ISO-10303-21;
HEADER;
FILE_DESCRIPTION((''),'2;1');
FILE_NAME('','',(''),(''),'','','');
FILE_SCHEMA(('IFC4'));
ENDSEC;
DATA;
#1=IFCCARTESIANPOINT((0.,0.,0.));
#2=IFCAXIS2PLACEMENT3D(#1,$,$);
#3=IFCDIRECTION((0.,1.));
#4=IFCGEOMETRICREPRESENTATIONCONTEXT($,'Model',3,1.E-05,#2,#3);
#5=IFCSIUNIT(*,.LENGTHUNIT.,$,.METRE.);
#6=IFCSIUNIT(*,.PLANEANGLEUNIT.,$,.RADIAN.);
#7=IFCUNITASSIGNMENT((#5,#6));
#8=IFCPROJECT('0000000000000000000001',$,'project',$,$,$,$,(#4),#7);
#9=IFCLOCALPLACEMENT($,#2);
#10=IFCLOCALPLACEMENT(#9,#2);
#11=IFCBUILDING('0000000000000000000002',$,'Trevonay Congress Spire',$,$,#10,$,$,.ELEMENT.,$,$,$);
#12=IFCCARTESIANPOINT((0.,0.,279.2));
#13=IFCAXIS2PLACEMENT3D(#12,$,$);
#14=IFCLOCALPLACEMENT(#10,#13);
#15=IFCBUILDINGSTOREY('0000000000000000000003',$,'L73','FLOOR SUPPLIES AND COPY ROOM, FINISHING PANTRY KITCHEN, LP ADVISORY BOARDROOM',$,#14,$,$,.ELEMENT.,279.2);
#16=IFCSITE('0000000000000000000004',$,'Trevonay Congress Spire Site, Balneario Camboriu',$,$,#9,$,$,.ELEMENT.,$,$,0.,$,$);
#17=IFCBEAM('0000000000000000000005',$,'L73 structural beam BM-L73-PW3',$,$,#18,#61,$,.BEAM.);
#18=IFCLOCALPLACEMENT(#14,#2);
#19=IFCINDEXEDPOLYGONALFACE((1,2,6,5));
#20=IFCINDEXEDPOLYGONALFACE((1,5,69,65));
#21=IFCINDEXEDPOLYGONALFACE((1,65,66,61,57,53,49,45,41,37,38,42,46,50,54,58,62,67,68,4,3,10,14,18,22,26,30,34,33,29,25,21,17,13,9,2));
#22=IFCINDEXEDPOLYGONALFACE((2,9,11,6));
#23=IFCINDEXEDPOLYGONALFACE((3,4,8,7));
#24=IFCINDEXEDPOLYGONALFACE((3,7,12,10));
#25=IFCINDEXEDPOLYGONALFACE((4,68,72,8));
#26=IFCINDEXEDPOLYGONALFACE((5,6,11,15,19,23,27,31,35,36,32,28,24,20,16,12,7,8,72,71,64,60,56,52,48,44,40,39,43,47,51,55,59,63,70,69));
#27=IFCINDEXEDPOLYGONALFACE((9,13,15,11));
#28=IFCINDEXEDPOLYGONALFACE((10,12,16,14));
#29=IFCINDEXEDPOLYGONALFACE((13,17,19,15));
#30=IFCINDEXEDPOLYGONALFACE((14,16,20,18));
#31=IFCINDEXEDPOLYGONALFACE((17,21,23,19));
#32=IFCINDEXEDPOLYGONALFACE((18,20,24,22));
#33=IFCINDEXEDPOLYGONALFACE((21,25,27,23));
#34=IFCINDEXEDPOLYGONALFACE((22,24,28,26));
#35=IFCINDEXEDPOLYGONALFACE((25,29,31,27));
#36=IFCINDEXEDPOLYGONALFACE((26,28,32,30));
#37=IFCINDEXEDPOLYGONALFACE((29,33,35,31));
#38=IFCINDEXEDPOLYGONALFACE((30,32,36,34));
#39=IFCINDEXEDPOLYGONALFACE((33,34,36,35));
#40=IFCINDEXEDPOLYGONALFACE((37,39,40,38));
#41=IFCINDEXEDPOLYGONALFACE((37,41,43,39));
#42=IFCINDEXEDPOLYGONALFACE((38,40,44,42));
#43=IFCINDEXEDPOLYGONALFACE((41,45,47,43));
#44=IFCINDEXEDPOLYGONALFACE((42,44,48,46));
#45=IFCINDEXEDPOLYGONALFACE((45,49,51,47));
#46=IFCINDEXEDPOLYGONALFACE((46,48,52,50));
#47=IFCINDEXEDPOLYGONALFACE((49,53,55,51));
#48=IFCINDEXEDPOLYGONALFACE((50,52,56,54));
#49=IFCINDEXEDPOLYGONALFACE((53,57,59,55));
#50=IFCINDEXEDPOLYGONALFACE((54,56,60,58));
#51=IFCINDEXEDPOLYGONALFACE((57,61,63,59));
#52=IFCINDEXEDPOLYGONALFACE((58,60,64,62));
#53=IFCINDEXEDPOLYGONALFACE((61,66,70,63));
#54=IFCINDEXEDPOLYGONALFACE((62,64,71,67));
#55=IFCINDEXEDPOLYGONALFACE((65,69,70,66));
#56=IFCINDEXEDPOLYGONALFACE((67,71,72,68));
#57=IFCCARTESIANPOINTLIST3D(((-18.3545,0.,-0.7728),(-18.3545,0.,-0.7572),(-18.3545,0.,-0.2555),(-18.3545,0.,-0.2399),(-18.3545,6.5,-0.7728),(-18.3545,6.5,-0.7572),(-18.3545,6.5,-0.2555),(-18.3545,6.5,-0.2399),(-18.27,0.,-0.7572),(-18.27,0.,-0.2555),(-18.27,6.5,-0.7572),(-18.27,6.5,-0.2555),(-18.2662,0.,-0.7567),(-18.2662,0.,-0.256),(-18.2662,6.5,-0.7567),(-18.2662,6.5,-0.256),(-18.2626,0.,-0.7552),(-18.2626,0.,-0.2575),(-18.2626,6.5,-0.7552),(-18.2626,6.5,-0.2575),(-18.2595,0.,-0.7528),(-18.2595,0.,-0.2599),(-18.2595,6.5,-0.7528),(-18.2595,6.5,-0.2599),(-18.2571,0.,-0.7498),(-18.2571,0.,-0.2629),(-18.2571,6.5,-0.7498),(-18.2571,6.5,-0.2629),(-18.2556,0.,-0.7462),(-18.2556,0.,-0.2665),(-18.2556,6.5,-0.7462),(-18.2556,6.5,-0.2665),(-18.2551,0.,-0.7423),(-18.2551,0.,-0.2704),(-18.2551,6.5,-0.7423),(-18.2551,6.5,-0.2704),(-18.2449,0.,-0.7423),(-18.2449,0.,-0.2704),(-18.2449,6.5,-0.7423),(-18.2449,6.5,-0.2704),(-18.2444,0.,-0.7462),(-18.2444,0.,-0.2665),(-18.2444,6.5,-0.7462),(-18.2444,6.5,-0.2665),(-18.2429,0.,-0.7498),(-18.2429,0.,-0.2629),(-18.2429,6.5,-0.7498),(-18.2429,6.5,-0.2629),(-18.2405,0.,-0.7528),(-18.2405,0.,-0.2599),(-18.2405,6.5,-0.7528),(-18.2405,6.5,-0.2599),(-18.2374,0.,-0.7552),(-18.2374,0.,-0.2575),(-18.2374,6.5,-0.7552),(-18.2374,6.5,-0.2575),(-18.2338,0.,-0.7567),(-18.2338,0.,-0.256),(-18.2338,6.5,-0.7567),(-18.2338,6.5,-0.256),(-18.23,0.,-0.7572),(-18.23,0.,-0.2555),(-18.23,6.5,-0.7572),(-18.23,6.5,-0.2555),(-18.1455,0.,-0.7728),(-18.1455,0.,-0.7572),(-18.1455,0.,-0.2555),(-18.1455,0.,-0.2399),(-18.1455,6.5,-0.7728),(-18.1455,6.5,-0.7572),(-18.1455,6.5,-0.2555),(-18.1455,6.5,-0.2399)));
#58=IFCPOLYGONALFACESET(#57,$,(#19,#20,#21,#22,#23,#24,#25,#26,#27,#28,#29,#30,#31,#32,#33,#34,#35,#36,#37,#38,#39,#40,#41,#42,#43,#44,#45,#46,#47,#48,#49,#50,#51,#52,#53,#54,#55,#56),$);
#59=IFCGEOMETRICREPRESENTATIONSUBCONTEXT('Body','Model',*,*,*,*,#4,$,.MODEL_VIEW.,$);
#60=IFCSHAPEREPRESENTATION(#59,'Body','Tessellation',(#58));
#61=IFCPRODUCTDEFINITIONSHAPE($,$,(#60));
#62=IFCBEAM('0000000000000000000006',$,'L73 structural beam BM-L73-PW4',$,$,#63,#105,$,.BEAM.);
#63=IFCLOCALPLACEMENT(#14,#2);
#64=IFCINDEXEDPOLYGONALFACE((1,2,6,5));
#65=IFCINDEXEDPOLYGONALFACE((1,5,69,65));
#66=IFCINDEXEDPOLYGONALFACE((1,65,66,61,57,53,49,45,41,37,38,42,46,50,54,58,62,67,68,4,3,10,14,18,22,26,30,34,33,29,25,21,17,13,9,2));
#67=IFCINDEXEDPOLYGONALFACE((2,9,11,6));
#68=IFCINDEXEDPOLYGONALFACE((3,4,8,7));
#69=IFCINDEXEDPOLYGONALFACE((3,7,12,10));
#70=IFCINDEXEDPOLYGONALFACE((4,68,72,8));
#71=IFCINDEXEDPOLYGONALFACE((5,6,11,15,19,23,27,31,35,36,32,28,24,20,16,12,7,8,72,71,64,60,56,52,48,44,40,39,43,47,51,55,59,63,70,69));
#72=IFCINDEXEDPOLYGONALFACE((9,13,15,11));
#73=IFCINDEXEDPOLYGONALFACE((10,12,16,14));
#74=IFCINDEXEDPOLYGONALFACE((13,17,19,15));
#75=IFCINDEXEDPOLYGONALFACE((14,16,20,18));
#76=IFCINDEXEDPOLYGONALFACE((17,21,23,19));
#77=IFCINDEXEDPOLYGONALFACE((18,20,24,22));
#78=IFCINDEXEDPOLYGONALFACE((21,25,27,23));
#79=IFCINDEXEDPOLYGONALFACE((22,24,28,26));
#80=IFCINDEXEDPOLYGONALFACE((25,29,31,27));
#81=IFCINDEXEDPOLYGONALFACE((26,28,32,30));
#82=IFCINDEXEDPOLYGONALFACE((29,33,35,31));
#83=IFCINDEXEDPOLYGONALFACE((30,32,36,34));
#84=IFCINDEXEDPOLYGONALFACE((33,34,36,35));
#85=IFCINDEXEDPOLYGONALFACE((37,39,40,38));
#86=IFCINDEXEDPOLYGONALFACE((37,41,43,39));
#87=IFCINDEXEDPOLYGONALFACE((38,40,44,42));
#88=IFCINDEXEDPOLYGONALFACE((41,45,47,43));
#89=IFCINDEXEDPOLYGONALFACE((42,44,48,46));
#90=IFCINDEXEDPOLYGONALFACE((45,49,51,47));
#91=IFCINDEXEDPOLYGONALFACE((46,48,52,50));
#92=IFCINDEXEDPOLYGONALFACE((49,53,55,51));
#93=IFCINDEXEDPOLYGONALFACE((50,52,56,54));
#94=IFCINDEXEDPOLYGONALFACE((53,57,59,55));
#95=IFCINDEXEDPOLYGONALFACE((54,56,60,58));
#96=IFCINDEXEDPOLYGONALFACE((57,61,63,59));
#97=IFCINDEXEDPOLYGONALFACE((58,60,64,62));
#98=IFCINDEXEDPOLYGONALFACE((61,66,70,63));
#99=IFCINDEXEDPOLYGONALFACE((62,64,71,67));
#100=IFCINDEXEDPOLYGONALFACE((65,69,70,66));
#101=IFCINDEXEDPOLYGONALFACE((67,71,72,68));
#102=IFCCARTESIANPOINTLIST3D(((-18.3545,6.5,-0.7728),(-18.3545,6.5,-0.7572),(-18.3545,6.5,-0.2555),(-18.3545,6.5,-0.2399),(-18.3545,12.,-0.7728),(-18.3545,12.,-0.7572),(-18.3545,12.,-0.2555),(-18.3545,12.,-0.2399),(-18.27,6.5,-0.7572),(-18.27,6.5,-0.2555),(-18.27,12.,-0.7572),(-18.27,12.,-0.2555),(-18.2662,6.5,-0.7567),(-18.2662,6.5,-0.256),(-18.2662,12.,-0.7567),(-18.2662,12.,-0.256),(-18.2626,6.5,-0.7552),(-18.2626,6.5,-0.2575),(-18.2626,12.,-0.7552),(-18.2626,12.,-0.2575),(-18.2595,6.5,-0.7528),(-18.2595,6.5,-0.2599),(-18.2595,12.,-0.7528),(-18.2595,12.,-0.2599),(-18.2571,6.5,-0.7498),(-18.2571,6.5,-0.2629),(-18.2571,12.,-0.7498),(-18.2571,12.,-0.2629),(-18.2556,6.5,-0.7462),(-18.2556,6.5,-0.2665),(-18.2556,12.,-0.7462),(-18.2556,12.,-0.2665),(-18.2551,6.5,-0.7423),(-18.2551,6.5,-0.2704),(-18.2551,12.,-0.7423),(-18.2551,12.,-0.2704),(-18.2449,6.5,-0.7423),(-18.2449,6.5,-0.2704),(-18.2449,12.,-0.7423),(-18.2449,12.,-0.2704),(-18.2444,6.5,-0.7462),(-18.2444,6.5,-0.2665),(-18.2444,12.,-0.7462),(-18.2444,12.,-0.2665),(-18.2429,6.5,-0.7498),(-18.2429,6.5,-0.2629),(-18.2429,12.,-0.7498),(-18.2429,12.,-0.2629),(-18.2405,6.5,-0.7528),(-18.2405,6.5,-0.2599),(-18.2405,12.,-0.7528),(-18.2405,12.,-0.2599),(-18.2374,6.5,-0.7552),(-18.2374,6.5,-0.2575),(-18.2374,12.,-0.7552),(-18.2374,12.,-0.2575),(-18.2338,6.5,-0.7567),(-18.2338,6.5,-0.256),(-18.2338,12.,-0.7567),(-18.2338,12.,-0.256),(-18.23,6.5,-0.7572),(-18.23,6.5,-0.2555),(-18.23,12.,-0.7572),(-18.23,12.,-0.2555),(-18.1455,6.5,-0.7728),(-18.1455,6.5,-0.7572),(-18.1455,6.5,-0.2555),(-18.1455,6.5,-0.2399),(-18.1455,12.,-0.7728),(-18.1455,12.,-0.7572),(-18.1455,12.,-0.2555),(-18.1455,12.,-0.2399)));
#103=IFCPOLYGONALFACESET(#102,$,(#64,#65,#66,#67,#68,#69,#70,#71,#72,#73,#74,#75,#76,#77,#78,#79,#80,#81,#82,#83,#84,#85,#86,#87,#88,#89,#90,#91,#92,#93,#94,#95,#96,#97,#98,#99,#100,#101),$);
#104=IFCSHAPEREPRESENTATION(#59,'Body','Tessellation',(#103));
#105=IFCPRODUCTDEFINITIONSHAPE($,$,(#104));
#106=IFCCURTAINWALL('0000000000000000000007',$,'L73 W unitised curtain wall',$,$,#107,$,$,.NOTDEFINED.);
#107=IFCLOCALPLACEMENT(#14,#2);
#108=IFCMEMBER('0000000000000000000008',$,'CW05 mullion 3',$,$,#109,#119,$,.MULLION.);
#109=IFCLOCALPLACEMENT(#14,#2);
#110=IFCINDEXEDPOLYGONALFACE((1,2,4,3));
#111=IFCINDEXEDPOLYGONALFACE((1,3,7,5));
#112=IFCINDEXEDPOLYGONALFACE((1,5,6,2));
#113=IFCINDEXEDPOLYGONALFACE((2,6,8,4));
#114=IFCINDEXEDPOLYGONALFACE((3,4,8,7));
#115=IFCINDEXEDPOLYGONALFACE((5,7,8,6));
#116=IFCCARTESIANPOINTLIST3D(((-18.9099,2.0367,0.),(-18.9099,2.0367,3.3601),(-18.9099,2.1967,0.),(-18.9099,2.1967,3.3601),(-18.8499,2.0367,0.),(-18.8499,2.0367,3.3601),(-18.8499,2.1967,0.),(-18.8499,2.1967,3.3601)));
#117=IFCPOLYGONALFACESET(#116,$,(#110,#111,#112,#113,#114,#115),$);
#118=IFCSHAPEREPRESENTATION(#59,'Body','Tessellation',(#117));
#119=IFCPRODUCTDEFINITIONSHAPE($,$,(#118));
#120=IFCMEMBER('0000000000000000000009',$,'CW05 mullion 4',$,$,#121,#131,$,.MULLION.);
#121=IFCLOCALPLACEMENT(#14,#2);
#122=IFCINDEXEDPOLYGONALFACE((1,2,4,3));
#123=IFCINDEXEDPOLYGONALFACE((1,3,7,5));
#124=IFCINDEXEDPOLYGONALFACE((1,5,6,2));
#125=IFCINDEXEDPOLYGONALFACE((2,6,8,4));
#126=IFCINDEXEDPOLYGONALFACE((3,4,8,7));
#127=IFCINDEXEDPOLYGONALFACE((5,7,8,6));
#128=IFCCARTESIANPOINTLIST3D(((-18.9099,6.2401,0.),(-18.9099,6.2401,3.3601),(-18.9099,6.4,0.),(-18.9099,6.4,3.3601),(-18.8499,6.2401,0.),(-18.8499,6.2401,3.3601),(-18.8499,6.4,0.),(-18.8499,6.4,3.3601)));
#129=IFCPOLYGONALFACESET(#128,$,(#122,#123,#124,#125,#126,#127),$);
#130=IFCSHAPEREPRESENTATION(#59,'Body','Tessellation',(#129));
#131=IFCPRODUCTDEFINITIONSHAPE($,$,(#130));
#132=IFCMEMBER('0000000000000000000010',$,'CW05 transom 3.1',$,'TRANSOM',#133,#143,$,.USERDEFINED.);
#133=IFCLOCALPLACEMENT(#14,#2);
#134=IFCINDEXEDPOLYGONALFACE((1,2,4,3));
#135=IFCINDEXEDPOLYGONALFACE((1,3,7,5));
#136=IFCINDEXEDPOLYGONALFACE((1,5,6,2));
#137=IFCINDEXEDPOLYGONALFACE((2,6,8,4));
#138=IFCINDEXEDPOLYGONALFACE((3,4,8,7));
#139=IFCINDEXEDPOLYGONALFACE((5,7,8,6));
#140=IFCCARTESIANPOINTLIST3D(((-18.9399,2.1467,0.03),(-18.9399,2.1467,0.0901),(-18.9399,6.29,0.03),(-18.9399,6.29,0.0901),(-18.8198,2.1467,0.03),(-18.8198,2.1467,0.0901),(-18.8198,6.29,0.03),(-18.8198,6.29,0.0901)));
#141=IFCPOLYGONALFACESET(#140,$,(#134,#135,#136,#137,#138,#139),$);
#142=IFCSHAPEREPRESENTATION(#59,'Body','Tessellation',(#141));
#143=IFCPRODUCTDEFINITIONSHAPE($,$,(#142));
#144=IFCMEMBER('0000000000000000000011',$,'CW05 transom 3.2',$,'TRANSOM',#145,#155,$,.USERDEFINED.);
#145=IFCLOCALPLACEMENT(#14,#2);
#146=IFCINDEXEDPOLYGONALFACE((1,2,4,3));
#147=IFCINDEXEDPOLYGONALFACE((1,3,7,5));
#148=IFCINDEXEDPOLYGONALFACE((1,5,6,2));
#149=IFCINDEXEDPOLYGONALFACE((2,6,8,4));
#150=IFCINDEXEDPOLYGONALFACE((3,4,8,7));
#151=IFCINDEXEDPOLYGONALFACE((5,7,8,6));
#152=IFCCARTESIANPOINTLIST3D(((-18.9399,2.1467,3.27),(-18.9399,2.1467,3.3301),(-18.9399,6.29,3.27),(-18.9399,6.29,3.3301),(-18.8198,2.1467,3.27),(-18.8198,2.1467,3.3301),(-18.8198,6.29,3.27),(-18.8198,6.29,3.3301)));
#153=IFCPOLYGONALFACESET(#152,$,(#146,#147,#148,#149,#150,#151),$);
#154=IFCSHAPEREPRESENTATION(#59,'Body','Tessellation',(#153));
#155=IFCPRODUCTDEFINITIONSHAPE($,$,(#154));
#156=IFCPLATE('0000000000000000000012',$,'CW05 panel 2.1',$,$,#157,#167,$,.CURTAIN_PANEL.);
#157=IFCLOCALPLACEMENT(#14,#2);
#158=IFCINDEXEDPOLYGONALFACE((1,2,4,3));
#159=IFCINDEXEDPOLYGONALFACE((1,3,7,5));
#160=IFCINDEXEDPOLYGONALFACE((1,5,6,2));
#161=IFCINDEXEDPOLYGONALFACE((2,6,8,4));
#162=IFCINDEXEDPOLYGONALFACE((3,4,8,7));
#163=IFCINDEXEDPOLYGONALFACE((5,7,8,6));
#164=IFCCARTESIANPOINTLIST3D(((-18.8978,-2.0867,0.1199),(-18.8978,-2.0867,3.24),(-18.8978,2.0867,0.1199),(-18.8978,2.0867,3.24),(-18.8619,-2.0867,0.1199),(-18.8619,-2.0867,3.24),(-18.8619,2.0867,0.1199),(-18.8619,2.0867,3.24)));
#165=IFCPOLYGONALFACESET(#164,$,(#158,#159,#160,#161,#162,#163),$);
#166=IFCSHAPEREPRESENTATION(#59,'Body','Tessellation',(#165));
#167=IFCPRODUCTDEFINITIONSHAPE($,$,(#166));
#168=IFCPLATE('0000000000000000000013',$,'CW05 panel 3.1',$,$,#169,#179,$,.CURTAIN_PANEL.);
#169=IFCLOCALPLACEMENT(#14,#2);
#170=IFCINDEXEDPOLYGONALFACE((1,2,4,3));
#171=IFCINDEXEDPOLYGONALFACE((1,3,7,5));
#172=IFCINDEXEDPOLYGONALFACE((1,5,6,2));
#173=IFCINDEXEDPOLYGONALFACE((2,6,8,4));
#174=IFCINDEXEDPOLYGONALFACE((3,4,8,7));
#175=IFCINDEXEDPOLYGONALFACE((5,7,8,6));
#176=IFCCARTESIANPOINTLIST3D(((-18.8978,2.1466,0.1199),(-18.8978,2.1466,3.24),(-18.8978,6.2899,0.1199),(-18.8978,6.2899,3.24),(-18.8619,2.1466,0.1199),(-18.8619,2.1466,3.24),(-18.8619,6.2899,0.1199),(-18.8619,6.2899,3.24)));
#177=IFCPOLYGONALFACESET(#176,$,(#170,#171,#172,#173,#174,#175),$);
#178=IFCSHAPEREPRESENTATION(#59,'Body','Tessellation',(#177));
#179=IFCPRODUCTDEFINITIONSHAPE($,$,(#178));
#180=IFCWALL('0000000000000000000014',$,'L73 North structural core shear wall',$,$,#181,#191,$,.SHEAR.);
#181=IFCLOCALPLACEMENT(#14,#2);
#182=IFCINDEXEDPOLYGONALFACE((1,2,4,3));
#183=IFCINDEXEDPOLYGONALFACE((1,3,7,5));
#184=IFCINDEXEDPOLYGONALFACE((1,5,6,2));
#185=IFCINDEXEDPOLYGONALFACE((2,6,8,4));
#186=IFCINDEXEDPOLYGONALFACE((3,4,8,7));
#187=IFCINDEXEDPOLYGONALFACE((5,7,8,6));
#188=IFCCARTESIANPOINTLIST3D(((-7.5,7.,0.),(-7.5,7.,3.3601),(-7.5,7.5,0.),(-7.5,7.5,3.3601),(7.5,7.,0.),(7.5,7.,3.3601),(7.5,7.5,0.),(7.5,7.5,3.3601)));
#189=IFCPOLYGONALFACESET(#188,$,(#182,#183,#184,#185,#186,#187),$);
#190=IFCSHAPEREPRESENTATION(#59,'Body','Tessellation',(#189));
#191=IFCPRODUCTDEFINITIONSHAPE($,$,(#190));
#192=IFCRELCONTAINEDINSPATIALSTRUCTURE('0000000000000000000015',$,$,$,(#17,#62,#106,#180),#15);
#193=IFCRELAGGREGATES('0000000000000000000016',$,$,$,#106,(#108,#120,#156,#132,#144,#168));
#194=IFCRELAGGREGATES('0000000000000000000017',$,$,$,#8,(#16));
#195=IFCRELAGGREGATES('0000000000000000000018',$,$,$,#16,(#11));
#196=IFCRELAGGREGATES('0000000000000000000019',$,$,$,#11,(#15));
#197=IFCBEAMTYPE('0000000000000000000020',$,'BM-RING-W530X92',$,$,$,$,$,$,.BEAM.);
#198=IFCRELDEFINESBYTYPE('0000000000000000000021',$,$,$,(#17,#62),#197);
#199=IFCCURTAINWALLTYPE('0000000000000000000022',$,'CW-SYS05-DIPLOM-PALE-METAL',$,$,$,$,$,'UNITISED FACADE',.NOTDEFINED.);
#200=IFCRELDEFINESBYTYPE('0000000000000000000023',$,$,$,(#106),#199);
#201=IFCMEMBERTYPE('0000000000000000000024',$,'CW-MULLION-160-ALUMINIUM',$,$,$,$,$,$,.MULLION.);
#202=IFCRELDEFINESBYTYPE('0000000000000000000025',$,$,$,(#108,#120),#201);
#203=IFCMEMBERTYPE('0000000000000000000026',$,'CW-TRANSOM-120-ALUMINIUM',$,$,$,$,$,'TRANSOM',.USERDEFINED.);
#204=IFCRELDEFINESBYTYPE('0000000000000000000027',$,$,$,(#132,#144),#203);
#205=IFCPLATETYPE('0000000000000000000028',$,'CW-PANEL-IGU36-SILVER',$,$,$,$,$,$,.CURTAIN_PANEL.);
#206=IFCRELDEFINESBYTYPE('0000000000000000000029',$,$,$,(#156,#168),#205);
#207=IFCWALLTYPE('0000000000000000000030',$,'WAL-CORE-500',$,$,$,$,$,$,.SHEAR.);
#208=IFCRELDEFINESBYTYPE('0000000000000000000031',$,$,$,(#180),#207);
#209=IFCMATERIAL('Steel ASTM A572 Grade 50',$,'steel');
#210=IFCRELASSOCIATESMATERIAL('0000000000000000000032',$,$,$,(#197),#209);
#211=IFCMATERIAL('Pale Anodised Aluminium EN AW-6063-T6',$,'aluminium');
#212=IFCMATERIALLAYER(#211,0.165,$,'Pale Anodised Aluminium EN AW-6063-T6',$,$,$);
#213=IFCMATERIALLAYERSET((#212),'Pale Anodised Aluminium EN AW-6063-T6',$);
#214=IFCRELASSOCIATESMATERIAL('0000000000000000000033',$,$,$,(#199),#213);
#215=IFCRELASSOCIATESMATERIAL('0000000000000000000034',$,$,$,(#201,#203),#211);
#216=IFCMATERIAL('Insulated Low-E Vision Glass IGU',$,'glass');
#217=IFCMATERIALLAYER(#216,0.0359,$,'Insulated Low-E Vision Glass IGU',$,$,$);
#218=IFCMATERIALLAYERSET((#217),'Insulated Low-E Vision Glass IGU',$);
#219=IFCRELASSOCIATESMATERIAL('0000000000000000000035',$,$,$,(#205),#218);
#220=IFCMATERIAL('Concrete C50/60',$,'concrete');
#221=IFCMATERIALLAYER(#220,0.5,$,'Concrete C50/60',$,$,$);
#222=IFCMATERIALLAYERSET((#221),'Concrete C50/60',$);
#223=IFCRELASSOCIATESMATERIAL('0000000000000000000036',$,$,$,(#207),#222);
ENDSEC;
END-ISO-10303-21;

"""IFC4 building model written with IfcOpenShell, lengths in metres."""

from ifc_helpers import new_model, si_unit, direction, frame, frame_2d, origin, origin_2d, place, context, subcontext, project, spatial, rectangle, i_section, extrude, material, layer, layer_set, material_profile, profile_set, type_object, element, aggregate, save


model = new_model("IFC4")

# Units and contexts
model_context = context("Model", 3, precision=1e-05, world=origin(), true_north=direction((0.0, 1.0)))
body_context = subcontext(model_context, "Body", "Model", "MODEL_VIEW")
ifc_project = project(units=[si_unit("LENGTHUNIT", "METRE"), si_unit("PLANEANGLEUNIT", "RADIAN")], contexts=[model_context])

# Site, building, storey
site_placement = place(None, origin())
site = spatial("IfcSite", under=ifc_project, at=site_placement, Name="Trevonay Congress Spire Site, Balneario Camboriu", CompositionType="ELEMENT", RefElevation=0.0)
building_placement = place(site_placement, origin())
building = spatial("IfcBuilding", under=site, at=building_placement, Name="Trevonay Congress Spire", CompositionType="ELEMENT")
storey_placement = place(building_placement, frame((0.0, 0.0, 279.2)))
storey = spatial("IfcBuildingStorey", under=building, at=storey_placement, Name="L73", Description="FLOOR SUPPLIES AND COPY ROOM, FINISHING PANTRY KITCHEN, LP ADVISORY BOARDROOM", CompositionType="ELEMENT", Elevation=279.2)

# Shared definitions
ifc_material_1 = material(Name="Steel ASTM A572 Grade 50", Category="steel")

# Beams
ifc_material_profile_1 = material_profile(ifc_material_1, i_section(OverallWidth=0.209, OverallDepth=0.533, WebThickness=0.0103, FlangeThickness=0.0156, FilletRadius=0.0149, at=origin_2d()), Name="W530x92")
ifc_profile_set_1 = profile_set([ifc_material_profile_1], Name="Steel ASTM A572 Grade 50")
beam_type_1 = type_object("IfcBeamType", Name="BM-RING-W530X92", PredefinedType="BEAM", material=ifc_profile_set_1)
beam_1_placement = place(storey_placement, frame((-18.25, 0.0, -0.5063), z_axis=(0.0, 1.0, 0.0), x_axis=(-1.0, 0.0, 0.0)))
element("IfcBeam", 1, at=beam_1_placement, inside=storey, type_object=beam_type_1, Name="L73 structural beam BM-L73-PW3", PredefinedType="BEAM", context=body_context, shape_type="SweptSolid", body=[
    extrude(i_section(OverallWidth=0.209, OverallDepth=0.533, WebThickness=0.0103, FlangeThickness=0.0156, FilletRadius=0.0149, at=origin_2d()), origin(), (0.0, 0.0, 1.0), 6.5),
])
beam_2_placement = place(storey_placement, frame((-18.25, 6.5, -0.5063), z_axis=(0.0, 1.0, 0.0), x_axis=(-1.0, 0.0, 0.0)))
element("IfcBeam", 2, at=beam_2_placement, inside=storey, type_object=beam_type_1, Name="L73 structural beam BM-L73-PW4", PredefinedType="BEAM", context=body_context, shape_type="SweptSolid", body=[
    extrude(i_section(OverallWidth=0.209, OverallDepth=0.533, WebThickness=0.0103, FlangeThickness=0.0156, FilletRadius=0.0149, at=origin_2d()), origin(), (0.0, 0.0, 1.0), 5.5),
])

# Curtain wall, members, plates
ifc_material_2 = material(Name="Pale Anodised Aluminium EN AW-6063-T6", Category="aluminium")
ifc_layer_1 = layer(ifc_material_2, 0.165, Name="Pale Anodised Aluminium EN AW-6063-T6")
ifc_layer_set_1 = layer_set([ifc_layer_1], Name="Pale Anodised Aluminium EN AW-6063-T6")
curtain_wall_type = type_object("IfcCurtainWallType", Name="CW-SYS05-DIPLOM-PALE-METAL", ElementType="UNITISED FACADE", PredefinedType="NOTDEFINED", material=ifc_layer_set_1)
curtain_wall_placement = place(storey_placement, origin())
curtain_wall = element("IfcCurtainWall", 3, at=curtain_wall_placement, inside=storey, type_object=curtain_wall_type, Name="L73 W unitised curtain wall", PredefinedType="NOTDEFINED")
ifc_material_profile_2 = material_profile(ifc_material_2, rectangle(XDim=0.0601, YDim=0.1599, at=origin_2d()), Name="CW-MULLION-160-ALUMINIUM")
ifc_profile_set_2 = profile_set([ifc_material_profile_2], Name="Pale Anodised Aluminium EN AW-6063-T6")
member_type_1 = type_object("IfcMemberType", Name="CW-MULLION-160-ALUMINIUM", PredefinedType="MULLION", material=ifc_profile_set_2)
member_1_placement = place(storey_placement, frame((-18.8799, 2.1167, 0.0), z_axis=(0.0, 0.0, 1.0), x_axis=(-1.0, 0.0, 0.0)))
member_1 = element("IfcMember", 4, at=member_1_placement, type_object=member_type_1, Name="CW05 mullion 3", PredefinedType="MULLION", context=body_context, shape_type="SweptSolid", body=[
    extrude(rectangle(XDim=0.0601, YDim=0.1599, at=origin_2d()), origin(), (0.0, 0.0, 1.0), 3.3601),
])
member_2_placement = place(storey_placement, frame((-18.8799, 6.3201, 0.0), z_axis=(0.0, 0.0, 1.0), x_axis=(-1.0, 0.0, 0.0)))
member_2 = element("IfcMember", 5, at=member_2_placement, type_object=member_type_1, Name="CW05 mullion 4", PredefinedType="MULLION", context=body_context, shape_type="SweptSolid", body=[
    extrude(rectangle(XDim=0.0601, YDim=0.1599, at=origin_2d()), origin(), (0.0, 0.0, 1.0), 3.3601),
])
ifc_material_profile_3 = material_profile(ifc_material_2, rectangle(XDim=0.1201, YDim=0.0601, at=origin_2d()), Name="CW-TRANSOM-120-ALUMINIUM")
ifc_profile_set_3 = profile_set([ifc_material_profile_3], Name="Pale Anodised Aluminium EN AW-6063-T6")
member_type_2 = type_object("IfcMemberType", Name="CW-TRANSOM-120-ALUMINIUM", ElementType="TRANSOM", PredefinedType="USERDEFINED", material=ifc_profile_set_3)
member_3_placement = place(storey_placement, frame((-18.8799, 2.1467, 0.0601), z_axis=(0.0, 1.0, 0.0), x_axis=(-1.0, 0.0, 0.0)))
member_3 = element("IfcMember", 6, at=member_3_placement, type_object=member_type_2, Name="CW05 transom 3.1", ObjectType="TRANSOM", PredefinedType="USERDEFINED", context=body_context, shape_type="SweptSolid", body=[
    extrude(rectangle(XDim=0.1201, YDim=0.0601, at=origin_2d()), origin(), (0.0, 0.0, 1.0), 4.1433),
])
member_4_placement = place(storey_placement, frame((-18.8799, 2.1467, 3.3), z_axis=(0.0, 1.0, 0.0), x_axis=(-1.0, 0.0, 0.0)))
member_4 = element("IfcMember", 7, at=member_4_placement, type_object=member_type_2, Name="CW05 transom 3.2", ObjectType="TRANSOM", PredefinedType="USERDEFINED", context=body_context, shape_type="SweptSolid", body=[
    extrude(rectangle(XDim=0.1201, YDim=0.0601, at=origin_2d()), origin(), (0.0, 0.0, 1.0), 4.1433),
])
ifc_material_3 = material(Name="Insulated Low-E Vision Glass IGU", Category="glass")
ifc_layer_2 = layer(ifc_material_3, 0.0359, Name="Insulated Low-E Vision Glass IGU")
ifc_layer_set_2 = layer_set([ifc_layer_2], Name="Insulated Low-E Vision Glass IGU")
plate_type = type_object("IfcPlateType", Name="CW-PANEL-IGU36-SILVER", PredefinedType="CURTAIN_PANEL", material=ifc_layer_set_2)
plate_1_placement = place(storey_placement, frame((-18.8799, 0.0, 0.1199), z_axis=(0.0, 0.0, 1.0), x_axis=(0.0, 1.0, 0.0)))
plate_1 = element("IfcPlate", 8, at=plate_1_placement, type_object=plate_type, Name="CW05 panel 2.1", PredefinedType="CURTAIN_PANEL", context=body_context, shape_type="SweptSolid", body=[
    extrude(rectangle(XDim=4.1733, YDim=0.0359, at=origin_2d()), origin(), (0.0, 0.0, 1.0), 3.1201),
])
plate_2_placement = place(storey_placement, frame((-18.8799, 4.2183, 0.1199), z_axis=(0.0, 0.0, 1.0), x_axis=(0.0, 1.0, 0.0)))
plate_2 = element("IfcPlate", 9, at=plate_2_placement, type_object=plate_type, Name="CW05 panel 3.1", PredefinedType="CURTAIN_PANEL", context=body_context, shape_type="SweptSolid", body=[
    extrude(rectangle(XDim=4.1433, YDim=0.0359, at=origin_2d()), origin(), (0.0, 0.0, 1.0), 3.1201),
])
aggregate(curtain_wall, [member_1, member_2, plate_1, member_3, member_4, plate_2])

# Wall
ifc_material_4 = material(Name="Concrete C50/60", Category="concrete")
ifc_layer_3 = layer(ifc_material_4, 0.5, Name="Concrete C50/60")
ifc_layer_set_3 = layer_set([ifc_layer_3], Name="Concrete C50/60")
wall_type_1 = type_object("IfcWallType", Name="WAL-CORE-500", PredefinedType="SHEAR", material=ifc_layer_set_3)
wall_1_placement = place(storey_placement, frame((-7.5, 7.25, 0.0), z_axis=(0.0, 0.0, 1.0), x_axis=(1.0, 0.0, 0.0)))
element("IfcWall", 10, at=wall_1_placement, inside=storey, type_object=wall_type_1, Name="L73 North structural core shear wall", PredefinedType="SHEAR", context=body_context, shape_type="SweptSolid", body=[
    extrude(rectangle(XDim=15.0, YDim=0.5, at=frame_2d((7.5, 0.0))), origin(), (0.0, 0.0, 1.0), 3.3601),
])

save(model, "model.ifc")
